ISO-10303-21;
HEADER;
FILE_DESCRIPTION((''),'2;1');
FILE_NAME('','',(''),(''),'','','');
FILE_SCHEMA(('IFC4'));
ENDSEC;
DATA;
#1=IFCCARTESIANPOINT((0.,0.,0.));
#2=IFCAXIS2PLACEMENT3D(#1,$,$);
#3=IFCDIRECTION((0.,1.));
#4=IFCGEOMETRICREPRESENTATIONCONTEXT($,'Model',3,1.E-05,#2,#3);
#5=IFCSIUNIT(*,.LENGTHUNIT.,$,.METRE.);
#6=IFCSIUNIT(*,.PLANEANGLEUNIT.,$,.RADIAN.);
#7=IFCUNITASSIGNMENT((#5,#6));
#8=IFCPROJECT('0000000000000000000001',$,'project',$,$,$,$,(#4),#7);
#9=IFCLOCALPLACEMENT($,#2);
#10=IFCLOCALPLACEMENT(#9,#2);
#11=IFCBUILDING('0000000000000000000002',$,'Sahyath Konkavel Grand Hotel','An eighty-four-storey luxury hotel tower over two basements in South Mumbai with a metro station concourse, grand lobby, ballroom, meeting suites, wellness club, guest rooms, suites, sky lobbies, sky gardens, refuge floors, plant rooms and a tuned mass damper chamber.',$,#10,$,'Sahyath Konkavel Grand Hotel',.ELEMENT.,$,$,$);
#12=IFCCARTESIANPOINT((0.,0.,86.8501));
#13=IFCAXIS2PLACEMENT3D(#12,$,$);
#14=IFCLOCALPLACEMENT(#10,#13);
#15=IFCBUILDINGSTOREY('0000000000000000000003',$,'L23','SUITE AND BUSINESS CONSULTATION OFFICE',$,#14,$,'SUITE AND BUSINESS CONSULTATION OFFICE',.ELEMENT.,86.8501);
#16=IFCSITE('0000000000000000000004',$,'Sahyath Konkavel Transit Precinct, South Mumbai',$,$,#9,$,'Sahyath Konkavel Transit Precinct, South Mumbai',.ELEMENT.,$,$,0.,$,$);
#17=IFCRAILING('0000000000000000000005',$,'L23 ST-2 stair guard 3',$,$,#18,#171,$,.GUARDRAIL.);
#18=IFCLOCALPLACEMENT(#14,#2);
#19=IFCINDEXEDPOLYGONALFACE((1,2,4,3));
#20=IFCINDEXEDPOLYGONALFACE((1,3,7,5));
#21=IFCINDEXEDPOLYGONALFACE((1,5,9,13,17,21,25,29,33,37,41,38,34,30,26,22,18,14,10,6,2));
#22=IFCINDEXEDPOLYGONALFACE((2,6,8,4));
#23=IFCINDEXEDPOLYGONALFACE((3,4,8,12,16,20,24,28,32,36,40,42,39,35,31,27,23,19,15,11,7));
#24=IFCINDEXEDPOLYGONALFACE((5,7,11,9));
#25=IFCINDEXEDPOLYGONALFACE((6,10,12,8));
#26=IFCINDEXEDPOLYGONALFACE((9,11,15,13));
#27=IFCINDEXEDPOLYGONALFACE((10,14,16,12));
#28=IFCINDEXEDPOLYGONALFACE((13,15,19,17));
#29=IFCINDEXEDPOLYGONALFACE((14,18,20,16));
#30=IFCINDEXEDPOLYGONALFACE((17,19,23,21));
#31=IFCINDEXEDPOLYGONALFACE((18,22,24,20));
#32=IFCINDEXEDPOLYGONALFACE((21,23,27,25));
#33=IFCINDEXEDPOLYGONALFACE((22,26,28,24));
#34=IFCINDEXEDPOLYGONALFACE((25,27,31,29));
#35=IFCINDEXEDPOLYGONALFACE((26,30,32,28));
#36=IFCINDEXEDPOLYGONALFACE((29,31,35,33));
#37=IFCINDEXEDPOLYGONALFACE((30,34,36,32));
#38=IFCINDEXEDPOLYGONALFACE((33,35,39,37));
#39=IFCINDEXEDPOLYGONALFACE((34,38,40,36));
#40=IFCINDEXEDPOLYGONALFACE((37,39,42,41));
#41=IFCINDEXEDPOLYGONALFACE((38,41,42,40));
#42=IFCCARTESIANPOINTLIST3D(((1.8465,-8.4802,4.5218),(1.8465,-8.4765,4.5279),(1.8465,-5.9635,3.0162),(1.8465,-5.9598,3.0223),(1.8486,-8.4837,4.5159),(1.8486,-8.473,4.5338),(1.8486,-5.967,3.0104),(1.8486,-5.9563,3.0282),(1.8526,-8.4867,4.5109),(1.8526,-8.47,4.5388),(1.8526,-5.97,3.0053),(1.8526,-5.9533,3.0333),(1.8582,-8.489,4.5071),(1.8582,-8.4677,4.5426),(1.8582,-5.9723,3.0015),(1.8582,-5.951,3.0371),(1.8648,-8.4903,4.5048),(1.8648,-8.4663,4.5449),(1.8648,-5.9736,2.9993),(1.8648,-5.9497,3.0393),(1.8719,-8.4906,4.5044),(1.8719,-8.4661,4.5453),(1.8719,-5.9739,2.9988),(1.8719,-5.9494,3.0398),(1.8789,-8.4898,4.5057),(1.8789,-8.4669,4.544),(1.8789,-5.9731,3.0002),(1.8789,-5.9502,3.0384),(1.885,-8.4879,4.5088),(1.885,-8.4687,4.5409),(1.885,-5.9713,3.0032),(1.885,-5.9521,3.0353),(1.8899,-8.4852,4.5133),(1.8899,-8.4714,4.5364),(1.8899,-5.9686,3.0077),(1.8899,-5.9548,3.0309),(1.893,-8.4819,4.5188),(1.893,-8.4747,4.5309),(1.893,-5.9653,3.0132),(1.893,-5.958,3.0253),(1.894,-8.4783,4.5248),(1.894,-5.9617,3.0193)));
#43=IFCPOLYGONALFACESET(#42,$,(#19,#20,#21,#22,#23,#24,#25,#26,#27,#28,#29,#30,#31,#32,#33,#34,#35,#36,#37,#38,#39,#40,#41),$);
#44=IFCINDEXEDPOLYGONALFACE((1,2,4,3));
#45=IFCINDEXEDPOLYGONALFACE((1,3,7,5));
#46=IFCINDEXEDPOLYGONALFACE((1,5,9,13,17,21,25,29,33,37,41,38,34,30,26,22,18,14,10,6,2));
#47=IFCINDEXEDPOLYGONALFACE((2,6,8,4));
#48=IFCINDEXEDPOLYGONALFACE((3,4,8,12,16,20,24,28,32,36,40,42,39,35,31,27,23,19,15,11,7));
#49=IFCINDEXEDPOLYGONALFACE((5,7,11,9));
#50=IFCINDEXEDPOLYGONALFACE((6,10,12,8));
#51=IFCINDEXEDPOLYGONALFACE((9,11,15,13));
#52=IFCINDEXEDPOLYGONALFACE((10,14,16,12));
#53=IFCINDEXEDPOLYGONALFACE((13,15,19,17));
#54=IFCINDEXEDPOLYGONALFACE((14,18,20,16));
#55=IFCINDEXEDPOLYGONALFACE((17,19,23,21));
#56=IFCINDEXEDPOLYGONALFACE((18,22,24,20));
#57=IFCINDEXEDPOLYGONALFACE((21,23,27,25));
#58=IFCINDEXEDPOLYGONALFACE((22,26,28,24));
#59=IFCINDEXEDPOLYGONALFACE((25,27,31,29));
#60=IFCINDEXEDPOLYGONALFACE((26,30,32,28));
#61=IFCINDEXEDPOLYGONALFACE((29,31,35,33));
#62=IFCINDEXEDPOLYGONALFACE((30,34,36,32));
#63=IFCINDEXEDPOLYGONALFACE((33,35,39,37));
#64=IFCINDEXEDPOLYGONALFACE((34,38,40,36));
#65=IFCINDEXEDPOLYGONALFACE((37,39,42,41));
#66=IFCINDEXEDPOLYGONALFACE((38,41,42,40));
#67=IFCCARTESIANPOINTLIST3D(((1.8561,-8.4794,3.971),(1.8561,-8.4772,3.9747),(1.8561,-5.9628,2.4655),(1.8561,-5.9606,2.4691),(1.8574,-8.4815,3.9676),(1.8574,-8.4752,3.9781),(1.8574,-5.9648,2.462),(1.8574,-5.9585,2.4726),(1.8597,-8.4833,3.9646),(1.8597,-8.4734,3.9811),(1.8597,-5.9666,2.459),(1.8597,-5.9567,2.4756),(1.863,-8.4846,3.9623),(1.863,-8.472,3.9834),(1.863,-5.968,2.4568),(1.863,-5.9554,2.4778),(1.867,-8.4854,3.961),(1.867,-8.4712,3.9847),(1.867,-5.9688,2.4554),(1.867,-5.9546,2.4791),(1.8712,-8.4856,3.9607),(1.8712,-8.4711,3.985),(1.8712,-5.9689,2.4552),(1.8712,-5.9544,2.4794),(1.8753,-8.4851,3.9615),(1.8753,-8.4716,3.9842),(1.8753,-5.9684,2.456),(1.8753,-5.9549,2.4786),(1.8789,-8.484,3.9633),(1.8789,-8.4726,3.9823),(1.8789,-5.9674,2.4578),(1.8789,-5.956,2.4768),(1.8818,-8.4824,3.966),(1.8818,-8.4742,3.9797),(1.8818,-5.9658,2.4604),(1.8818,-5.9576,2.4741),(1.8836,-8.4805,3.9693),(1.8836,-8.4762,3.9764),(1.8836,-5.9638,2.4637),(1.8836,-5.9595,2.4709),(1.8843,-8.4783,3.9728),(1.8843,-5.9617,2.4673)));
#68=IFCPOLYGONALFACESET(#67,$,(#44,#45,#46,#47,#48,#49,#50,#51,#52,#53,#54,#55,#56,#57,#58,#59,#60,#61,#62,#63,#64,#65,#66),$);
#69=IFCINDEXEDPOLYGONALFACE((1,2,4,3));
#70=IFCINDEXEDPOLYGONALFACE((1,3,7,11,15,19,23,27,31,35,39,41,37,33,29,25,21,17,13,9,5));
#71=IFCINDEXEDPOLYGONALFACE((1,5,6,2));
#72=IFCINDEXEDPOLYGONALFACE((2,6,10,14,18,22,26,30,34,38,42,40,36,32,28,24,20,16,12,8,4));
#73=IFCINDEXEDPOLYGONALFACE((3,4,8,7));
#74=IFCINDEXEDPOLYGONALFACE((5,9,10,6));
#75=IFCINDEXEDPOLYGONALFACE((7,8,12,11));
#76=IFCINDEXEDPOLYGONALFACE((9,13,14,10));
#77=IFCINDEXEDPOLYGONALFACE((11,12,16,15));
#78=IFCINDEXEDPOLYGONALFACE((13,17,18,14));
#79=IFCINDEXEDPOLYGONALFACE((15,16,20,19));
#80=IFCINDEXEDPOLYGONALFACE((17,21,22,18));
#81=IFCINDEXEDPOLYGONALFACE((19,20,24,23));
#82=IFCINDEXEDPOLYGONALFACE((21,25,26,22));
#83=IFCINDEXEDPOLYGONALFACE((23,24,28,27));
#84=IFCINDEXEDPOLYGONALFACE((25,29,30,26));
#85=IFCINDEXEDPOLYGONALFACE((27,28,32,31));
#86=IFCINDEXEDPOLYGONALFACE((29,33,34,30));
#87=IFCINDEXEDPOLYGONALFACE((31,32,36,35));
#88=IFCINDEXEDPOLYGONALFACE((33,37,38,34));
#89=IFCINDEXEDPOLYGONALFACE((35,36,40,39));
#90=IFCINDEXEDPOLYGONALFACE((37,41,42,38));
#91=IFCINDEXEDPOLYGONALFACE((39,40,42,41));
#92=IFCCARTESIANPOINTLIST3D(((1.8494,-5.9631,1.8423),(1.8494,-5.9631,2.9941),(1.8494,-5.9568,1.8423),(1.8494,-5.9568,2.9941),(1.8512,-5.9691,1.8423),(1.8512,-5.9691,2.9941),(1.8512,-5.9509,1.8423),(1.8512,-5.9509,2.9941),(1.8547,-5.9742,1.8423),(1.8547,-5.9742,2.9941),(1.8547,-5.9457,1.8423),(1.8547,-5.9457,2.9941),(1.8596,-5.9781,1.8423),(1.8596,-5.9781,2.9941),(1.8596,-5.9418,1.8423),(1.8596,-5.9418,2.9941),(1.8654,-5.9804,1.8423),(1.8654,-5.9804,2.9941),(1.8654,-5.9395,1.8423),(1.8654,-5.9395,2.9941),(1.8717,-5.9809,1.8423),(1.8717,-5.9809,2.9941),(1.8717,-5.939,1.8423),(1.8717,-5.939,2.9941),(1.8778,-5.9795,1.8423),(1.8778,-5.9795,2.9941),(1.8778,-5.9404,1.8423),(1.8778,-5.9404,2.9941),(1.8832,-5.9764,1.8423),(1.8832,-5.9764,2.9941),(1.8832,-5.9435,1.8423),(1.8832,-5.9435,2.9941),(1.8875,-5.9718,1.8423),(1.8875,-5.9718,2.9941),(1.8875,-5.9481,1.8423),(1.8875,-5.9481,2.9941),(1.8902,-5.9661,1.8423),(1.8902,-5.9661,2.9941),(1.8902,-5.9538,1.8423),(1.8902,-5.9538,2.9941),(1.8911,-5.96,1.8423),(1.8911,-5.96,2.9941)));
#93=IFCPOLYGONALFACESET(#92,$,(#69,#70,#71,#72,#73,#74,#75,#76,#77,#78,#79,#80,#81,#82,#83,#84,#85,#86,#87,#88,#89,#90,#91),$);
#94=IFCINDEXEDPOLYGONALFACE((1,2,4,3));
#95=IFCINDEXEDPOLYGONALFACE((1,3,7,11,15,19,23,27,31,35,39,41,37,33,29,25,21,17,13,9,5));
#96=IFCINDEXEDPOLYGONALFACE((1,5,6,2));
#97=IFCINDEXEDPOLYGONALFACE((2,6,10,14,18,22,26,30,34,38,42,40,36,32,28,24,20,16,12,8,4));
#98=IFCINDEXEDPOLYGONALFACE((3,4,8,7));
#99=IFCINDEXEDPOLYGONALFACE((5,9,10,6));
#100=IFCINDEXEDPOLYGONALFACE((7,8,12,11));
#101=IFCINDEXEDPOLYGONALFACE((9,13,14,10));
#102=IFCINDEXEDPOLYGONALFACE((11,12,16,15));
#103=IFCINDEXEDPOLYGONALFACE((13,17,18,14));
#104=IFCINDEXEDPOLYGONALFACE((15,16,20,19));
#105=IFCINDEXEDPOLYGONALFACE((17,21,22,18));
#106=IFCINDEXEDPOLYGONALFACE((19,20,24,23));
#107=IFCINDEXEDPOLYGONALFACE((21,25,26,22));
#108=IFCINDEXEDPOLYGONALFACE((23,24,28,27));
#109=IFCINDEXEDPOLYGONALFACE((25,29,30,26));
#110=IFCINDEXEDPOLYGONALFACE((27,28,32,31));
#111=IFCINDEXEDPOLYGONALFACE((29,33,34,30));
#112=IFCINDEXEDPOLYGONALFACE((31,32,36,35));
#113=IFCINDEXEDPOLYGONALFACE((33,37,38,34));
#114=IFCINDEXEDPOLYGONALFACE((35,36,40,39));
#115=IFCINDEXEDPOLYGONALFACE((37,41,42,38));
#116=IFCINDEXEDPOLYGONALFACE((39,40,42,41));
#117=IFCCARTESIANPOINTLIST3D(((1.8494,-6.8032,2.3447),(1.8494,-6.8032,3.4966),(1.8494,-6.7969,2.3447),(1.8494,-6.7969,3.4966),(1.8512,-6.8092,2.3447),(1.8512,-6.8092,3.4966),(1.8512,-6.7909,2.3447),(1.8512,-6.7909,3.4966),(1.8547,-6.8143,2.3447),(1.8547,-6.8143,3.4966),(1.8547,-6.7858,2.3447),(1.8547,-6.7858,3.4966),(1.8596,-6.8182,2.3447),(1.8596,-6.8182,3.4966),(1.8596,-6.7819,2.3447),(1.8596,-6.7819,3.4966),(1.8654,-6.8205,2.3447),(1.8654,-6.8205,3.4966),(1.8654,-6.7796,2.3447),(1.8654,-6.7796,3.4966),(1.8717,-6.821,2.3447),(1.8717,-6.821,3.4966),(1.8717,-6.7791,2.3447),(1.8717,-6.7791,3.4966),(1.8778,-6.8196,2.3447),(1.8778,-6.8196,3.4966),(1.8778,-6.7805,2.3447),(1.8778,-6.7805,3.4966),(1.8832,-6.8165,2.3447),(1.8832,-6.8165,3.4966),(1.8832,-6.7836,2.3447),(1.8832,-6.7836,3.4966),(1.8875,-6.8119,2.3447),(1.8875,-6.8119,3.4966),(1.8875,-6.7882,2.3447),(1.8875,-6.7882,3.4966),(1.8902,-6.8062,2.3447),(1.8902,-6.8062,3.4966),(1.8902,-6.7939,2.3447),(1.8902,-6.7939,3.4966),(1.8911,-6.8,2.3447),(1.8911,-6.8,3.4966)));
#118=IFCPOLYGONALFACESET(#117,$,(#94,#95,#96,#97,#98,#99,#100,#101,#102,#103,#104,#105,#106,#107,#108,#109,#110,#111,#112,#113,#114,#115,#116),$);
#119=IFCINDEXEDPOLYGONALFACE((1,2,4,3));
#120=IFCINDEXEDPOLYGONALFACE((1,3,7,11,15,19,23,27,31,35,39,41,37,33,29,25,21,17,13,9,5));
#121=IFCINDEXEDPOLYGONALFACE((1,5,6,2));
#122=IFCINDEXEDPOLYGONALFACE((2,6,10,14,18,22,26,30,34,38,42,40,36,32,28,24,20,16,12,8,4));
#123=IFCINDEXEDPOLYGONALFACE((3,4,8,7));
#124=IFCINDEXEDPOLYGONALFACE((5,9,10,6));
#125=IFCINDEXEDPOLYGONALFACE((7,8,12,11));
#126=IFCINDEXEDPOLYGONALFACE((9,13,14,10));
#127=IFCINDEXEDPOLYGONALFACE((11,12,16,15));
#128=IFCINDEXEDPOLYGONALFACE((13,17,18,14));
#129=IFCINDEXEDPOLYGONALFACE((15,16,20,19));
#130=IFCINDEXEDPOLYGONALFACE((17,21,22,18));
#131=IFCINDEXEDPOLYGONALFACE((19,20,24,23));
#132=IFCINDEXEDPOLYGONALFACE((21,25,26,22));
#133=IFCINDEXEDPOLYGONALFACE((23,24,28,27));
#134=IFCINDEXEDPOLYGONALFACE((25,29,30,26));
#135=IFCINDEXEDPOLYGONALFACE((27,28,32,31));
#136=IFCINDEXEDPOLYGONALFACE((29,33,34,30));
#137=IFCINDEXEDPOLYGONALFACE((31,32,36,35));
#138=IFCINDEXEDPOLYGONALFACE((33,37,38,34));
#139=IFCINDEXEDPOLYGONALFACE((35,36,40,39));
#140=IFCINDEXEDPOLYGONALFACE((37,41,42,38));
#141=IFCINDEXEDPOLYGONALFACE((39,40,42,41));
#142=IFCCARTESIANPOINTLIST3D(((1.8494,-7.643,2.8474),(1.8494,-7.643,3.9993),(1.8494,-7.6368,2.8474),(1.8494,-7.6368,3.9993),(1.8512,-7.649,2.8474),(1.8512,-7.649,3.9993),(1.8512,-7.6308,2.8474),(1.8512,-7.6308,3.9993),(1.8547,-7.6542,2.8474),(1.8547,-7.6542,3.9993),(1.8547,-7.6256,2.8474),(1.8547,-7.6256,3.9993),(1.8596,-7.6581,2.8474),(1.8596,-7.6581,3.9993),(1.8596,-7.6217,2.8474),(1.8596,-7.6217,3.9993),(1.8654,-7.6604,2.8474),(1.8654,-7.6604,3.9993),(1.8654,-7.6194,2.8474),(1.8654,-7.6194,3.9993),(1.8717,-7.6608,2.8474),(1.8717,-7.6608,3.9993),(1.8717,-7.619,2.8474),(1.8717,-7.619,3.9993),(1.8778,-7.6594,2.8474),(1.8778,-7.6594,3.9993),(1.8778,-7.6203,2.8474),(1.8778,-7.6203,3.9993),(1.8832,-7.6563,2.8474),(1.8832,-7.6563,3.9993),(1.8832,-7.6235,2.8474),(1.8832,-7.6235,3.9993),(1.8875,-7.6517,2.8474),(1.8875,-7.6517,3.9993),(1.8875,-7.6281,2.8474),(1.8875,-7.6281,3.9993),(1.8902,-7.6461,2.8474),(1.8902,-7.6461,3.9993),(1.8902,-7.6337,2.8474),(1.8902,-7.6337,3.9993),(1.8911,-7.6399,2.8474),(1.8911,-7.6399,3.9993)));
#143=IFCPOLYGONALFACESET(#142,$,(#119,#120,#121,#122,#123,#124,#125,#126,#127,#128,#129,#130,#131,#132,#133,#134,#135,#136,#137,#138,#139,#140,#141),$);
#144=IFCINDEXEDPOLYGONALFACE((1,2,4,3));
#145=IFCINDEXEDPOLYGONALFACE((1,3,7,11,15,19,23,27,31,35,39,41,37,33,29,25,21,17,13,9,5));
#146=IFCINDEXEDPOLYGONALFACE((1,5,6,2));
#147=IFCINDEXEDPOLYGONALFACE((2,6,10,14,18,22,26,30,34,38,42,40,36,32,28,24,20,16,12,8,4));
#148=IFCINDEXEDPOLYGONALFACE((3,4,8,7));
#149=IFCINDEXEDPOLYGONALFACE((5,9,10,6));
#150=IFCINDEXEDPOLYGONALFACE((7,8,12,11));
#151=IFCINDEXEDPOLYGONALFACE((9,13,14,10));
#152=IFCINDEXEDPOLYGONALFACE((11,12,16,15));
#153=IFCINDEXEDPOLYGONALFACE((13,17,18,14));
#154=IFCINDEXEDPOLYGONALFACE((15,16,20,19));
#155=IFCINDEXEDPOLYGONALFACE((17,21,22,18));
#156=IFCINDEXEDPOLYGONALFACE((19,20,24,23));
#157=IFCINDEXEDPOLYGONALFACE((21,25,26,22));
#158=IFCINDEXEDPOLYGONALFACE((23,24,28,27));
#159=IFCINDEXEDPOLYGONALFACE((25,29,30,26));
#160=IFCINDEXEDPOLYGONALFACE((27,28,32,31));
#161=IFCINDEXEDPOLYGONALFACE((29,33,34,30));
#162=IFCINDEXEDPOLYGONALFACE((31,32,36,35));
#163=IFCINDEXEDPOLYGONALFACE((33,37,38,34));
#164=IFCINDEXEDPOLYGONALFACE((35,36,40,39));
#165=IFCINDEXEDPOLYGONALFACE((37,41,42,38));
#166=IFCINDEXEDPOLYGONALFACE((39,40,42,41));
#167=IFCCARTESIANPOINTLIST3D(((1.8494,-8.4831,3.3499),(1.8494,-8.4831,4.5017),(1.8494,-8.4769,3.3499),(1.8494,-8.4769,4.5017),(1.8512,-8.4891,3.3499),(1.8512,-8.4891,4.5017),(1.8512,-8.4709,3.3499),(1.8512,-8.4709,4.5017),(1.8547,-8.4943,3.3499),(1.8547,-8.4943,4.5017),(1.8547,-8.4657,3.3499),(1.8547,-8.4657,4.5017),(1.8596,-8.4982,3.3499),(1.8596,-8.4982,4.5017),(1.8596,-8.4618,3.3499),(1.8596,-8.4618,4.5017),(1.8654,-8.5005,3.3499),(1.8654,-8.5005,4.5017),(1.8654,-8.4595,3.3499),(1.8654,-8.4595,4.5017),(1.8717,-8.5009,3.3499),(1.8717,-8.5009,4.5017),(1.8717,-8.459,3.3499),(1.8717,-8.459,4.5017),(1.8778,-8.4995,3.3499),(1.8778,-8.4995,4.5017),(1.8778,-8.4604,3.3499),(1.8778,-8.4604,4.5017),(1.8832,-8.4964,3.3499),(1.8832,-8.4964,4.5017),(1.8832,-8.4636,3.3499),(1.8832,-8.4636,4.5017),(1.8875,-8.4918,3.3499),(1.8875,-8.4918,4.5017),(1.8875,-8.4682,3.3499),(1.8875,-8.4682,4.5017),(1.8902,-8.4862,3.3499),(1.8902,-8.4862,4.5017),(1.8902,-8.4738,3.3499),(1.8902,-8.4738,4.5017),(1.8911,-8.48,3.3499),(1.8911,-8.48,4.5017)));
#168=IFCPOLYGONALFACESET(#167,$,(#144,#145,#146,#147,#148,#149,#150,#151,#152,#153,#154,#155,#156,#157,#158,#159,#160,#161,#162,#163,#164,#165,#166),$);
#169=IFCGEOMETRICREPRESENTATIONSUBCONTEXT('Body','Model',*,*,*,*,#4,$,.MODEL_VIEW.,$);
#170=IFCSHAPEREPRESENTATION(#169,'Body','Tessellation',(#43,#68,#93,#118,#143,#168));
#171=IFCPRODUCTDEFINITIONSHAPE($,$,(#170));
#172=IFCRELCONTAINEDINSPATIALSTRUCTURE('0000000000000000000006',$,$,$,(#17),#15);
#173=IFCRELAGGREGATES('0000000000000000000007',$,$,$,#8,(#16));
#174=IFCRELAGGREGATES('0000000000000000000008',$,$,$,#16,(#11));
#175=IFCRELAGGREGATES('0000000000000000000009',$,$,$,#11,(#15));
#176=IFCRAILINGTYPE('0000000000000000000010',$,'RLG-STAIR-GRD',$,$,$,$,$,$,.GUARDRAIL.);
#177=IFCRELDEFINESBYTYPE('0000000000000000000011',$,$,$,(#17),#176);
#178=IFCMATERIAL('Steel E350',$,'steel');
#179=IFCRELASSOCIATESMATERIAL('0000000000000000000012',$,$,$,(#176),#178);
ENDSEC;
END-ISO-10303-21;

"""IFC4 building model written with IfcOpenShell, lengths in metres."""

from ifc_helpers import new_model, si_unit, direction, frame, origin, origin_2d, place, context, subcontext, project, spatial, circle, extrude, material, type_object, element, save


model = new_model("IFC4")

# Units and contexts
model_context = context("Model", 3, precision=1e-05, world=origin(), true_north=direction((0.0, 1.0)))
body_context = subcontext(model_context, "Body", "Model", "MODEL_VIEW")
ifc_project = project(units=[si_unit("LENGTHUNIT", "METRE"), si_unit("PLANEANGLEUNIT", "RADIAN")], contexts=[model_context])

# Site, building, storey
site_placement = place(None, origin())
site = spatial("IfcSite", under=ifc_project, at=site_placement, Name="Sahyath Konkavel Transit Precinct, South Mumbai", LongName="Sahyath Konkavel Transit Precinct, South Mumbai", CompositionType="ELEMENT", RefElevation=0.0)
building_placement = place(site_placement, origin())
building = spatial("IfcBuilding", under=site, at=building_placement, Name="Sahyath Konkavel Grand Hotel", Description="An eighty-four-storey luxury hotel tower over two basements in South Mumbai with a metro station concourse, grand lobby, ballroom, meeting suites, wellness club, guest rooms, suites, sky lobbies, sky gardens, refuge floors, plant rooms and a tuned mass damper chamber.", LongName="Sahyath Konkavel Grand Hotel", CompositionType="ELEMENT")
storey_placement = place(building_placement, frame((0.0, 0.0, 86.8501)))
storey = spatial("IfcBuildingStorey", under=building, at=storey_placement, Name="L23", Description="SUITE AND BUSINESS CONSULTATION OFFICE", LongName="SUITE AND BUSINESS CONSULTATION OFFICE", CompositionType="ELEMENT", Elevation=86.8501)

# Shared definitions
ifc_material_1 = material(Name="Steel E350", Category="steel")

# Railing
railing_type_1 = type_object("IfcRailingType", Name="RLG-STAIR-GRD", PredefinedType="GUARDRAIL", material=ifc_material_1)
railing_1_placement = place(storey_placement, frame((1.8701, -5.96, 1.8423)))
element("IfcRailing", 1, at=railing_1_placement, inside=storey, type_object=railing_type_1, Name="L23 ST-2 stair guard 3", PredefinedType="GUARDRAIL", context=body_context, shape_type="SweptSolid", body=[
    extrude(circle(Radius=0.0239, at=origin_2d()), frame((0.0, -0.0017, 1.177), z_axis=(0.0, -0.85816, 0.513383), x_axis=(1.0, 0.0, 0.0)), (0.0, 0.0, 1.0), 2.9326),
    extrude(circle(Radius=0.0142, at=origin_2d()), frame((0.0, -0.0017, 0.625), z_axis=(0.0, -0.85816, 0.513383), x_axis=(1.0, 0.0, 0.0)), (0.0, 0.0, 1.0), 2.9326),
    extrude(circle(Radius=0.021, at=origin_2d()), origin(), (0.0, 0.0, 1.0), 1.1519),
    extrude(circle(Radius=0.021, at=origin_2d()), frame((0.0, -0.8401, 0.5024)), (0.0, 0.0, 1.0), 1.1519),
    extrude(circle(Radius=0.021, at=origin_2d()), frame((0.0, -1.6799, 1.0051)), (0.0, 0.0, 1.0), 1.1519),
    extrude(circle(Radius=0.021, at=origin_2d()), frame((0.0, -2.52, 1.5076)), (0.0, 0.0, 1.0), 1.1519),
])

save(model, "model.ifc")
